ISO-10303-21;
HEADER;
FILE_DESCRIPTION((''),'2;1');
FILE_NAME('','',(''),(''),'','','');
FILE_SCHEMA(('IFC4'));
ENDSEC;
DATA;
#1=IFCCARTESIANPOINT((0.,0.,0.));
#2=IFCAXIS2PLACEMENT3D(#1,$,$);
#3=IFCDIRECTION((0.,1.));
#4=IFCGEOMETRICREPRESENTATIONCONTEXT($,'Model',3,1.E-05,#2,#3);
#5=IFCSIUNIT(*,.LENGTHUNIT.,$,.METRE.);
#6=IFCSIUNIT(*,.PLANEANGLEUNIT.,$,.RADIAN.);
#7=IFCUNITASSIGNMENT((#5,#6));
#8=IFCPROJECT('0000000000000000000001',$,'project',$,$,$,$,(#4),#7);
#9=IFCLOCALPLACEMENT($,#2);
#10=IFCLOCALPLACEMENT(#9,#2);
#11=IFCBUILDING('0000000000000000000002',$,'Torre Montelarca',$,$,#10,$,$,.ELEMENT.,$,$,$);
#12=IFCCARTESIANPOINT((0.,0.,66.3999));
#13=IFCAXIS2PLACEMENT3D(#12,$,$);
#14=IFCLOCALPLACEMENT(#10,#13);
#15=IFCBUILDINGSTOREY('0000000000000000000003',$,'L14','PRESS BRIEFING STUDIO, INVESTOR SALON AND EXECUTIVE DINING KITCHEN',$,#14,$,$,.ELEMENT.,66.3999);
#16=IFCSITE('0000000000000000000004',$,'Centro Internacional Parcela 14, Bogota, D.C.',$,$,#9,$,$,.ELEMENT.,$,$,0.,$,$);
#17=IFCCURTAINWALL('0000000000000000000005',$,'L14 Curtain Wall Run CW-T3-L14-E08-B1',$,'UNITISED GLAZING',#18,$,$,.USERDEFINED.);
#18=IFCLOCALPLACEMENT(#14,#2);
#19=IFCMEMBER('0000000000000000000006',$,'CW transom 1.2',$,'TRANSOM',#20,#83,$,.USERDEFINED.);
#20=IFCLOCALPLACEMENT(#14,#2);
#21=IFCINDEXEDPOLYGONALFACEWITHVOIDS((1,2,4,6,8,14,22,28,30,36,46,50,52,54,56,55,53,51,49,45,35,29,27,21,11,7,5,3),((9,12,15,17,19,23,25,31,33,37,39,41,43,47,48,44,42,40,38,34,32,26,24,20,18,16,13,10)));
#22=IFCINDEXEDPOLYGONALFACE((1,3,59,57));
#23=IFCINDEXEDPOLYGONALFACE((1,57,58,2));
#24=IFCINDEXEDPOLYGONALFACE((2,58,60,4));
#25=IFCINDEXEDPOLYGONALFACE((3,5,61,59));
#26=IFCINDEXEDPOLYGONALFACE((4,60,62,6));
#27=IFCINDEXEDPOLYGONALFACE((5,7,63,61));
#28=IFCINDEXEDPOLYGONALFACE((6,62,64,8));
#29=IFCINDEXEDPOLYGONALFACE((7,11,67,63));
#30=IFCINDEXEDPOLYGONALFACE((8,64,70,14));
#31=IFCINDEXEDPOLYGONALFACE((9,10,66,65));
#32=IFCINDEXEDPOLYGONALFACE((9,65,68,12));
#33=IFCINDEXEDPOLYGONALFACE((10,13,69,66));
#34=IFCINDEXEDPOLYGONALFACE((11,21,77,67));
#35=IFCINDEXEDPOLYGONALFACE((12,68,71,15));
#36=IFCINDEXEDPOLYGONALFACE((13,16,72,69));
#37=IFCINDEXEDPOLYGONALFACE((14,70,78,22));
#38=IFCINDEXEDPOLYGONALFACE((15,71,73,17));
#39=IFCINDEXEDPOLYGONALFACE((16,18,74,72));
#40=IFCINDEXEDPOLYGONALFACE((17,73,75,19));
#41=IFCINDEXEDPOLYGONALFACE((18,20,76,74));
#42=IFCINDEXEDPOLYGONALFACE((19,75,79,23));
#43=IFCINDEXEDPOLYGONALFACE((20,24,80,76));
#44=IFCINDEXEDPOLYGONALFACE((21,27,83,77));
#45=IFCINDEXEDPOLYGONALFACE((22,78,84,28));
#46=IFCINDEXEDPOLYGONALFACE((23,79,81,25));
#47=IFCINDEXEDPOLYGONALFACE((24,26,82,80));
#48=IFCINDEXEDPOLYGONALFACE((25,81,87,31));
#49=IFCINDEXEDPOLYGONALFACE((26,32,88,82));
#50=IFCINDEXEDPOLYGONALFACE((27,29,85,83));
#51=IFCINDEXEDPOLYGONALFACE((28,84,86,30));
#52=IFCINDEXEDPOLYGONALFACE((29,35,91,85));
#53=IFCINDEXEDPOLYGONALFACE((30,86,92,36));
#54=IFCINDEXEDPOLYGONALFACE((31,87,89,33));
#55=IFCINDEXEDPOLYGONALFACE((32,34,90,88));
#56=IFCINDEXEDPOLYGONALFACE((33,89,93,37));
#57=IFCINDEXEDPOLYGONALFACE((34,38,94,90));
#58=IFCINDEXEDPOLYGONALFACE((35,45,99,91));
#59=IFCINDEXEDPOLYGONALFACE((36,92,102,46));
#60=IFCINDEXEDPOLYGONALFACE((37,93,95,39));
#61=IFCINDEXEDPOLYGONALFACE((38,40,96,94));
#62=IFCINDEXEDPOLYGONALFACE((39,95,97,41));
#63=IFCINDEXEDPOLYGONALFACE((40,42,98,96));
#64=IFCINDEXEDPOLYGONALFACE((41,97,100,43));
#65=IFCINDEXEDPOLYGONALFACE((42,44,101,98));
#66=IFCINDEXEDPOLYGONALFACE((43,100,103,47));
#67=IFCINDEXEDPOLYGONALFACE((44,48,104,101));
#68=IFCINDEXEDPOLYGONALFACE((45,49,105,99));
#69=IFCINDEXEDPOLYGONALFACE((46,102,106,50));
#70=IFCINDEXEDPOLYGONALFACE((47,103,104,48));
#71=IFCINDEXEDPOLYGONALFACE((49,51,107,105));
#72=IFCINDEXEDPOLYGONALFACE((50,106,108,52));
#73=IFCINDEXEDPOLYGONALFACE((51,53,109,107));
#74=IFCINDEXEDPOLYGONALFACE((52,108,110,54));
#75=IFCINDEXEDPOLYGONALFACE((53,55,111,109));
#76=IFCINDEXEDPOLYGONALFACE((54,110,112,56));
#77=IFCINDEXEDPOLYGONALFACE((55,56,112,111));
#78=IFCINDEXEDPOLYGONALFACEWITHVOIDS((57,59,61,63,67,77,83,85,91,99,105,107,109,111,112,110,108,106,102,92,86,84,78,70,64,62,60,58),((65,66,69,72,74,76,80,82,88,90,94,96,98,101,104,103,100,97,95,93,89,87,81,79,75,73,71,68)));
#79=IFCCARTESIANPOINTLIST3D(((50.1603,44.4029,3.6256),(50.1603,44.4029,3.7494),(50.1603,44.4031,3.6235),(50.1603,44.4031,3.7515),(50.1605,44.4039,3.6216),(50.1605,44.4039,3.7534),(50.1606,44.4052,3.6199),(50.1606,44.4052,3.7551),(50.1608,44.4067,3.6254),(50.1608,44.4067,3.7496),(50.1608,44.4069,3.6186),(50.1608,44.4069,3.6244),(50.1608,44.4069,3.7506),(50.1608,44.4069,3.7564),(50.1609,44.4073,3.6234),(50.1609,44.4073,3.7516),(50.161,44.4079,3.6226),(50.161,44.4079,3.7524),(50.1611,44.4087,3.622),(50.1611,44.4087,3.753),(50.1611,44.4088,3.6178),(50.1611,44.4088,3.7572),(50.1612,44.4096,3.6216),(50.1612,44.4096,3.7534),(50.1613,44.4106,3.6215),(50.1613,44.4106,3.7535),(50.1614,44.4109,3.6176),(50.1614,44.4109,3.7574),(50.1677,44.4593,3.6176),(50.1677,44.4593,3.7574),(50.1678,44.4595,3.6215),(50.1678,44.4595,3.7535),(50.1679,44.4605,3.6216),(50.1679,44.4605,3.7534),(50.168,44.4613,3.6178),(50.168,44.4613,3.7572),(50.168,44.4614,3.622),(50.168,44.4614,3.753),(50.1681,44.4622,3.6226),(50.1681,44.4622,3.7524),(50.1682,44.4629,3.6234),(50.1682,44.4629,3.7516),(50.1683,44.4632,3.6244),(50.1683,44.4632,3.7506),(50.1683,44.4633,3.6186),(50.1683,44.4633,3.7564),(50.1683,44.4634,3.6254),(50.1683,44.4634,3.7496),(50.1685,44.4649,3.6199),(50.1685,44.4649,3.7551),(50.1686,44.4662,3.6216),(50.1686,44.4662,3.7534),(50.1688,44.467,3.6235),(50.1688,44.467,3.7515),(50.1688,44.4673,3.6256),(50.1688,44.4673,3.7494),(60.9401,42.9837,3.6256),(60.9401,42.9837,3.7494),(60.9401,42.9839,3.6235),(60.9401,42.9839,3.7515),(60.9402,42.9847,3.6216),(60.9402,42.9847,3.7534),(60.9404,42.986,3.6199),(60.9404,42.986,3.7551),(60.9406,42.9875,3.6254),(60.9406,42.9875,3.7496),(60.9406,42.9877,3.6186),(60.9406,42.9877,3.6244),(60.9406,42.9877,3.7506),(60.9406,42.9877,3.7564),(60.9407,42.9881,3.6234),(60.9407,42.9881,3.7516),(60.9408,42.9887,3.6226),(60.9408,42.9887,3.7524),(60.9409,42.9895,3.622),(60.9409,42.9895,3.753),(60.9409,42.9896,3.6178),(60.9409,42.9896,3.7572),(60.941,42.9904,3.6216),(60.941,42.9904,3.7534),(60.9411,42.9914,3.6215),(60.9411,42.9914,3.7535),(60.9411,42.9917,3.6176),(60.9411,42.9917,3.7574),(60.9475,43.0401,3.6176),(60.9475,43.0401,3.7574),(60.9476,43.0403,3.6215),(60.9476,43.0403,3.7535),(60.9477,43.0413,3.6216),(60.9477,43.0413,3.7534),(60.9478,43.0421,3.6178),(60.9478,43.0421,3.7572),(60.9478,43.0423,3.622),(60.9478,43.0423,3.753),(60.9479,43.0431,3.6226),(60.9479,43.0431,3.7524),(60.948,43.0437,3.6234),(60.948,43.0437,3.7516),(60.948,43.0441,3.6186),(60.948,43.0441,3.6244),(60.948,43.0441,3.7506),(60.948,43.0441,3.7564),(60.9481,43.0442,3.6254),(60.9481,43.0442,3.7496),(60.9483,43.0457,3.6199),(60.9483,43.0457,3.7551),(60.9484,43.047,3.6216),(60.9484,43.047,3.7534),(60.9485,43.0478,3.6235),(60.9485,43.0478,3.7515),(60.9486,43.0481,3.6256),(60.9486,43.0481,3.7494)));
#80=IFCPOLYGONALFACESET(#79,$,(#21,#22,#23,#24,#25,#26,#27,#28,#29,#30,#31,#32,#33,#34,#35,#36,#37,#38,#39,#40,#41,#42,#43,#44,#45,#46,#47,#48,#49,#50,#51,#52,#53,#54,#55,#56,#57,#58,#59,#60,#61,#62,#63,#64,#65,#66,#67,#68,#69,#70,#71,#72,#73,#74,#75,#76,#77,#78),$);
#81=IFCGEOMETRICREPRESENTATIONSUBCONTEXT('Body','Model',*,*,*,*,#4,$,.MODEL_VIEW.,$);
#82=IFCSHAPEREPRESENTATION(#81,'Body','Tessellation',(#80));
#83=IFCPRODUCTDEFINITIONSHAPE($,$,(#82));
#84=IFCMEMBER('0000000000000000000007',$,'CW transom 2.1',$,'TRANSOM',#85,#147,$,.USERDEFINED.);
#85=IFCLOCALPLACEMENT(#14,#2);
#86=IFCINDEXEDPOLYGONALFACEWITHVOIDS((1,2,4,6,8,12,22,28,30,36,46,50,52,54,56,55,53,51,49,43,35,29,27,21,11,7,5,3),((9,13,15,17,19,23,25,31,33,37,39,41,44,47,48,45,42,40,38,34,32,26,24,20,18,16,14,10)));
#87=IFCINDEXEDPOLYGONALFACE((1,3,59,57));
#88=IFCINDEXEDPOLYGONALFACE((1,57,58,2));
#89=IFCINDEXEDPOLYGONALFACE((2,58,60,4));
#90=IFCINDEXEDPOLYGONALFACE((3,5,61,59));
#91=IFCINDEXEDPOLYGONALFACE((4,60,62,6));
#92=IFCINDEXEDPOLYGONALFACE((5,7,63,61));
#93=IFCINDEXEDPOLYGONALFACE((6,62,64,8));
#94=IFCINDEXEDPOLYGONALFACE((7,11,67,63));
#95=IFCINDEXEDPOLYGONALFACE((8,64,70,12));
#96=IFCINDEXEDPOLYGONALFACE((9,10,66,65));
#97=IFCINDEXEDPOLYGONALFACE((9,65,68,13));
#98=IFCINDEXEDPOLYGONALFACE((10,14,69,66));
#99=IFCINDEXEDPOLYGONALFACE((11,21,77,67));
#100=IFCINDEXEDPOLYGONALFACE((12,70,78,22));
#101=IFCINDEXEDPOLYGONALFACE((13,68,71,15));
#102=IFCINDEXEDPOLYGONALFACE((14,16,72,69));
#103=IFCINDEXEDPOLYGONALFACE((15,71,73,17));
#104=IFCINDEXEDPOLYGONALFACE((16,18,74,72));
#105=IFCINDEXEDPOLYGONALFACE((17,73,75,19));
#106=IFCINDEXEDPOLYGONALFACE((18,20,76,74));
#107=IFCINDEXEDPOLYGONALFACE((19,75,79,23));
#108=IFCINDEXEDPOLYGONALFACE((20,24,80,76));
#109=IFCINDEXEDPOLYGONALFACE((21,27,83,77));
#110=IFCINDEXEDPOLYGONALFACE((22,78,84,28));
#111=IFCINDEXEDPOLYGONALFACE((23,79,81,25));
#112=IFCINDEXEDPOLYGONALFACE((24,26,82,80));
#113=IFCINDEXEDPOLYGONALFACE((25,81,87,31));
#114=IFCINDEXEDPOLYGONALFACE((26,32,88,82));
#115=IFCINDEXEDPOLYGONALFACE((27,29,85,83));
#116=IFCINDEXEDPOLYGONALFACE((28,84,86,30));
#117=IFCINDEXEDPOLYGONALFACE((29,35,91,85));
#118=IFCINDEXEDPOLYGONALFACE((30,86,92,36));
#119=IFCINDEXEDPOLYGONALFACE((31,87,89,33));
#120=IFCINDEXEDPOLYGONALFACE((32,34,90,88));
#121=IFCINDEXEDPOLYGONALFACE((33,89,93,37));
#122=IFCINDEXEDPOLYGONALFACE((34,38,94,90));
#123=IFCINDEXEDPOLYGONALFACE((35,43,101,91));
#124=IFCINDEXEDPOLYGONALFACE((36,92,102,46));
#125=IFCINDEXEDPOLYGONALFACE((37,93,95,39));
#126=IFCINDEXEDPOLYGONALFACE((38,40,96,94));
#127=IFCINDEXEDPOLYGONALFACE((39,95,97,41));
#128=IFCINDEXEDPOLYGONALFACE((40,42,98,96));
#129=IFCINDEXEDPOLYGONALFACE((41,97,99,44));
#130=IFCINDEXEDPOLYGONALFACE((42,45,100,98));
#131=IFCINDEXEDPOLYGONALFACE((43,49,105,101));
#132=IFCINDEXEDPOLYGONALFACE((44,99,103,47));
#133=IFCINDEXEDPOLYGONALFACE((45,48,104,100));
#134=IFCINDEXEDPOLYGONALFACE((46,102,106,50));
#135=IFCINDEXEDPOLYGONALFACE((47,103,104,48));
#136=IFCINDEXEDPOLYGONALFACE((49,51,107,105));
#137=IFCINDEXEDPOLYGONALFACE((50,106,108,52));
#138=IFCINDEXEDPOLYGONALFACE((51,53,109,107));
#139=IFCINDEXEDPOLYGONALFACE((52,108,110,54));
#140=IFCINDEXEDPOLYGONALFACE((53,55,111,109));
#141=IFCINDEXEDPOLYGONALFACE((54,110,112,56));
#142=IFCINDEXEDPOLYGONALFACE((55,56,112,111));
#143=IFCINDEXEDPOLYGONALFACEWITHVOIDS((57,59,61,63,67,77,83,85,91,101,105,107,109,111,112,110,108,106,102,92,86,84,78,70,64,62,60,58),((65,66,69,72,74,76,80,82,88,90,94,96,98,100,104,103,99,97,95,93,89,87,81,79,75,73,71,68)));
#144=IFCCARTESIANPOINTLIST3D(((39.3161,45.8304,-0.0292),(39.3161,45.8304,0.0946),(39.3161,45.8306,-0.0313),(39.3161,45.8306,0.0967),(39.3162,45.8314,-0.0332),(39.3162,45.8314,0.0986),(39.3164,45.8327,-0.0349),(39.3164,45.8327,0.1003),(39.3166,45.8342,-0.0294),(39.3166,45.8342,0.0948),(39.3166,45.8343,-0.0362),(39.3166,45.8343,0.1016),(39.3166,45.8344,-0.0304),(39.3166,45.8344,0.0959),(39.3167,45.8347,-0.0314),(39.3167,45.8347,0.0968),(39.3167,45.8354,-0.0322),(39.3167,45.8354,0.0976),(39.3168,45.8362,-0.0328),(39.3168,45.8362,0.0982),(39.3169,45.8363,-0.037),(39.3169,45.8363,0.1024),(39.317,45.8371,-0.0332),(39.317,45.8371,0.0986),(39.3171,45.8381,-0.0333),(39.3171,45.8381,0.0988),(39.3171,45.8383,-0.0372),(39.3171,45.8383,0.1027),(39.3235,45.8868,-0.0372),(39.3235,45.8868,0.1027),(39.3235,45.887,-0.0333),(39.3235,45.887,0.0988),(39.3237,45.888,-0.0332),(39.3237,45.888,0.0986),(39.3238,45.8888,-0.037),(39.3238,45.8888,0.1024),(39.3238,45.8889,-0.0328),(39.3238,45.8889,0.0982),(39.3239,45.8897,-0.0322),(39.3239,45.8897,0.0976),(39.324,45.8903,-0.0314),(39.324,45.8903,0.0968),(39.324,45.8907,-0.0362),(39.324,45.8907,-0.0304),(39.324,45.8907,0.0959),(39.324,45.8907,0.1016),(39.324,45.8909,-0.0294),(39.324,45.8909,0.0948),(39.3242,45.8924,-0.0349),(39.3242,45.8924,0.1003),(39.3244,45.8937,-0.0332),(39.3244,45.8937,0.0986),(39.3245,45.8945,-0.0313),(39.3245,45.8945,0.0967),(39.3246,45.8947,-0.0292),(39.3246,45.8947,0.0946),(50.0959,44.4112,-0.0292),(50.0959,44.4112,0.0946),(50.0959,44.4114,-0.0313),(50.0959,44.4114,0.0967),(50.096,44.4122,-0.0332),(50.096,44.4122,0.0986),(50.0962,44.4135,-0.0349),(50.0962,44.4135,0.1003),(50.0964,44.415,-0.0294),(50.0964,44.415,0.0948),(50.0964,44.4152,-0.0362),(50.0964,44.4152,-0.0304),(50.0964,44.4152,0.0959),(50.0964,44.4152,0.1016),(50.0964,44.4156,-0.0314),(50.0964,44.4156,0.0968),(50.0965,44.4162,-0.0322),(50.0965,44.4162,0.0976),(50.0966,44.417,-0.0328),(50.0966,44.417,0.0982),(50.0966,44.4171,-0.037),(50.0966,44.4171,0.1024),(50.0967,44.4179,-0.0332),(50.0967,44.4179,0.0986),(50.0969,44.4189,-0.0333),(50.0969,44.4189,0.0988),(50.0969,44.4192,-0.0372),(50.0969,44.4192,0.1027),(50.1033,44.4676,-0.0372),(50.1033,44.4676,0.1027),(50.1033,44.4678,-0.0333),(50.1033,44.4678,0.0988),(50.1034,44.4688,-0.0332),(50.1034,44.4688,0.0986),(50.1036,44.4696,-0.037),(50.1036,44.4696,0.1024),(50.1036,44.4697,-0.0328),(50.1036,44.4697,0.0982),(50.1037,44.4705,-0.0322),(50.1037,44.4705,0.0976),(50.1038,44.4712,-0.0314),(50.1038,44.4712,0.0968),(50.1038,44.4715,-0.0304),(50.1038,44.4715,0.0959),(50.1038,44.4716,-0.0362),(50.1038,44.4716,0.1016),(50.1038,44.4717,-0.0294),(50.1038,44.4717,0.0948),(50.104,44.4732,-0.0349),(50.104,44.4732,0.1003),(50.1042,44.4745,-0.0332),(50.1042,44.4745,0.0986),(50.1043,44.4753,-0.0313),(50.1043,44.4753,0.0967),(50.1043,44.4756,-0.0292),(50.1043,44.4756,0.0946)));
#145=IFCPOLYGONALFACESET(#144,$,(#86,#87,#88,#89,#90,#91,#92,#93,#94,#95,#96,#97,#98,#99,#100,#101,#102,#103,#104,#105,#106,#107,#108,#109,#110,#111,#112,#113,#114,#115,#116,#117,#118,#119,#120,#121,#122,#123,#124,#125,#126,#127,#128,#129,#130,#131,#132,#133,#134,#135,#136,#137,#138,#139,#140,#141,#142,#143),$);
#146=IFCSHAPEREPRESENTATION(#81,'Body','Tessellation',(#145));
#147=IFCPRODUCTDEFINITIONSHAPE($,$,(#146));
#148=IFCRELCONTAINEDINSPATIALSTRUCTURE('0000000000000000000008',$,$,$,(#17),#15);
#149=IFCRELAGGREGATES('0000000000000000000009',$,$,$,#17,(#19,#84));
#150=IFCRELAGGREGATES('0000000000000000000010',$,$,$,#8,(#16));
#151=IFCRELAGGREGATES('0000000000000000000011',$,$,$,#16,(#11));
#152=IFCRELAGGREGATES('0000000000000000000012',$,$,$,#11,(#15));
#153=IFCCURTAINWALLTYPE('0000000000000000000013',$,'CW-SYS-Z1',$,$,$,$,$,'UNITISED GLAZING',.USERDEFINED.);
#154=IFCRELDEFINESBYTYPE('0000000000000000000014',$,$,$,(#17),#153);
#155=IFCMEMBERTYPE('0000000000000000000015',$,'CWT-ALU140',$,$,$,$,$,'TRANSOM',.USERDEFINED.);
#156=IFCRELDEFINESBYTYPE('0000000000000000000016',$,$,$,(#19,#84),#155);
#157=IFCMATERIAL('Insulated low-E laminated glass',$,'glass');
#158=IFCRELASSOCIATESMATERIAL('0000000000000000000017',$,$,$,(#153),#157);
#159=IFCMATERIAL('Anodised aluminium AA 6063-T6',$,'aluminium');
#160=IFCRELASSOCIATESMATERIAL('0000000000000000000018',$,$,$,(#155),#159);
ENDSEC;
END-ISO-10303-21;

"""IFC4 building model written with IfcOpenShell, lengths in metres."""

from ifc_helpers import new_model, si_unit, direction, frame, origin, origin_2d, place, context, subcontext, project, spatial, hollow_rectangle, extrude, source, transform, mapped, material, material_profile, profile_set, type_object, element, aggregate, save


model = new_model("IFC4")

# Units and contexts
model_context = context("Model", 3, precision=1e-05, world=origin(), true_north=direction((0.0, 1.0)))
body_context = subcontext(model_context, "Body", "Model", "MODEL_VIEW")
ifc_project = project(units=[si_unit("LENGTHUNIT", "METRE"), si_unit("PLANEANGLEUNIT", "RADIAN")], contexts=[model_context])

# Site, building, storey
site_placement = place(None, origin())
site = spatial("IfcSite", under=ifc_project, at=site_placement, Name="Centro Internacional Parcela 14, Bogota, D.C.", CompositionType="ELEMENT", RefElevation=0.0)
building_placement = place(site_placement, origin())
building = spatial("IfcBuilding", under=site, at=building_placement, Name="Torre Montelarca", CompositionType="ELEMENT")
storey_placement = place(building_placement, frame((0.0, 0.0, 66.3999)))
storey = spatial("IfcBuildingStorey", under=building, at=storey_placement, Name="L14", Description="PRESS BRIEFING STUDIO, INVESTOR SALON AND EXECUTIVE DINING KITCHEN", CompositionType="ELEMENT", Elevation=66.3999)

# Curtain wall, members
ifc_material_1 = material(Name="Insulated low-E laminated glass", Category="glass")
curtain_wall_type = type_object("IfcCurtainWallType", Name="CW-SYS-Z1", ElementType="UNITISED GLAZING", PredefinedType="USERDEFINED", material=ifc_material_1)
ifc_material_2 = material(Name="Anodised aluminium AA 6063-T6", Category="aluminium")
ifc_material_profile_1 = material_profile(ifc_material_2, hollow_rectangle(XDim=0.0649, YDim=0.1399, WallThickness=0.0039, InnerFilletRadius=0.0039, OuterFilletRadius=0.0081, at=origin_2d()), Name="ALU65X140X4", Category="aluminium")
ifc_profile_set_1 = profile_set([ifc_material_profile_1], Name="Anodised aluminium AA 6063-T6")
member_type_1 = type_object("IfcMemberType", Name="CWT-ALU140", ElementType="TRANSOM", PredefinedType="USERDEFINED", material=ifc_profile_set_1)
curtain_wall_1_placement = place(storey_placement, origin())
curtain_wall_1 = element("IfcCurtainWall", 1, at=curtain_wall_1_placement, inside=storey, type_object=curtain_wall_type, Name="L14 Curtain Wall Run CW-T3-L14-E08-B1", ObjectType="UNITISED GLAZING", PredefinedType="USERDEFINED")
shared_shape_1 = source(origin(), body_context, "Body", "SweptSolid", [
    extrude(hollow_rectangle(XDim=0.0649, YDim=0.1399, WallThickness=0.0039, InnerFilletRadius=0.0039, OuterFilletRadius=0.0081, at=origin_2d()), origin(), (0.0, 0.0, 1.0), 10.8728),
])
member_1_placement = place(storey_placement, frame((60.9443, 43.0159, 3.6875), z_axis=(-0.991445, 0.130527, 0.0), x_axis=(-0.130527, -0.991445, 0.0)))
member_1 = element("IfcMember", 2, at=member_1_placement, type_object=member_type_1, Name="CW transom 1.2", ObjectType="TRANSOM", PredefinedType="USERDEFINED", context=body_context, shape_type="MappedRepresentation", body=[
    mapped(shared_shape_1, transform((0.0, 0.0, 0.0), scale=1.0)),
])
member_2_placement = place(storey_placement, frame((50.1001, 44.4434, 0.0327), z_axis=(-0.991445, 0.130527, 0.0), x_axis=(-0.130527, -0.991445, 0.0)))
member_2 = element("IfcMember", 3, at=member_2_placement, type_object=member_type_1, Name="CW transom 2.1", ObjectType="TRANSOM", PredefinedType="USERDEFINED", context=body_context, shape_type="MappedRepresentation", body=[
    mapped(shared_shape_1, transform((0.0, 0.0, 0.0), scale=1.0)),
])

aggregate(curtain_wall_1, [member_1, member_2])

save(model, "model.ifc")
